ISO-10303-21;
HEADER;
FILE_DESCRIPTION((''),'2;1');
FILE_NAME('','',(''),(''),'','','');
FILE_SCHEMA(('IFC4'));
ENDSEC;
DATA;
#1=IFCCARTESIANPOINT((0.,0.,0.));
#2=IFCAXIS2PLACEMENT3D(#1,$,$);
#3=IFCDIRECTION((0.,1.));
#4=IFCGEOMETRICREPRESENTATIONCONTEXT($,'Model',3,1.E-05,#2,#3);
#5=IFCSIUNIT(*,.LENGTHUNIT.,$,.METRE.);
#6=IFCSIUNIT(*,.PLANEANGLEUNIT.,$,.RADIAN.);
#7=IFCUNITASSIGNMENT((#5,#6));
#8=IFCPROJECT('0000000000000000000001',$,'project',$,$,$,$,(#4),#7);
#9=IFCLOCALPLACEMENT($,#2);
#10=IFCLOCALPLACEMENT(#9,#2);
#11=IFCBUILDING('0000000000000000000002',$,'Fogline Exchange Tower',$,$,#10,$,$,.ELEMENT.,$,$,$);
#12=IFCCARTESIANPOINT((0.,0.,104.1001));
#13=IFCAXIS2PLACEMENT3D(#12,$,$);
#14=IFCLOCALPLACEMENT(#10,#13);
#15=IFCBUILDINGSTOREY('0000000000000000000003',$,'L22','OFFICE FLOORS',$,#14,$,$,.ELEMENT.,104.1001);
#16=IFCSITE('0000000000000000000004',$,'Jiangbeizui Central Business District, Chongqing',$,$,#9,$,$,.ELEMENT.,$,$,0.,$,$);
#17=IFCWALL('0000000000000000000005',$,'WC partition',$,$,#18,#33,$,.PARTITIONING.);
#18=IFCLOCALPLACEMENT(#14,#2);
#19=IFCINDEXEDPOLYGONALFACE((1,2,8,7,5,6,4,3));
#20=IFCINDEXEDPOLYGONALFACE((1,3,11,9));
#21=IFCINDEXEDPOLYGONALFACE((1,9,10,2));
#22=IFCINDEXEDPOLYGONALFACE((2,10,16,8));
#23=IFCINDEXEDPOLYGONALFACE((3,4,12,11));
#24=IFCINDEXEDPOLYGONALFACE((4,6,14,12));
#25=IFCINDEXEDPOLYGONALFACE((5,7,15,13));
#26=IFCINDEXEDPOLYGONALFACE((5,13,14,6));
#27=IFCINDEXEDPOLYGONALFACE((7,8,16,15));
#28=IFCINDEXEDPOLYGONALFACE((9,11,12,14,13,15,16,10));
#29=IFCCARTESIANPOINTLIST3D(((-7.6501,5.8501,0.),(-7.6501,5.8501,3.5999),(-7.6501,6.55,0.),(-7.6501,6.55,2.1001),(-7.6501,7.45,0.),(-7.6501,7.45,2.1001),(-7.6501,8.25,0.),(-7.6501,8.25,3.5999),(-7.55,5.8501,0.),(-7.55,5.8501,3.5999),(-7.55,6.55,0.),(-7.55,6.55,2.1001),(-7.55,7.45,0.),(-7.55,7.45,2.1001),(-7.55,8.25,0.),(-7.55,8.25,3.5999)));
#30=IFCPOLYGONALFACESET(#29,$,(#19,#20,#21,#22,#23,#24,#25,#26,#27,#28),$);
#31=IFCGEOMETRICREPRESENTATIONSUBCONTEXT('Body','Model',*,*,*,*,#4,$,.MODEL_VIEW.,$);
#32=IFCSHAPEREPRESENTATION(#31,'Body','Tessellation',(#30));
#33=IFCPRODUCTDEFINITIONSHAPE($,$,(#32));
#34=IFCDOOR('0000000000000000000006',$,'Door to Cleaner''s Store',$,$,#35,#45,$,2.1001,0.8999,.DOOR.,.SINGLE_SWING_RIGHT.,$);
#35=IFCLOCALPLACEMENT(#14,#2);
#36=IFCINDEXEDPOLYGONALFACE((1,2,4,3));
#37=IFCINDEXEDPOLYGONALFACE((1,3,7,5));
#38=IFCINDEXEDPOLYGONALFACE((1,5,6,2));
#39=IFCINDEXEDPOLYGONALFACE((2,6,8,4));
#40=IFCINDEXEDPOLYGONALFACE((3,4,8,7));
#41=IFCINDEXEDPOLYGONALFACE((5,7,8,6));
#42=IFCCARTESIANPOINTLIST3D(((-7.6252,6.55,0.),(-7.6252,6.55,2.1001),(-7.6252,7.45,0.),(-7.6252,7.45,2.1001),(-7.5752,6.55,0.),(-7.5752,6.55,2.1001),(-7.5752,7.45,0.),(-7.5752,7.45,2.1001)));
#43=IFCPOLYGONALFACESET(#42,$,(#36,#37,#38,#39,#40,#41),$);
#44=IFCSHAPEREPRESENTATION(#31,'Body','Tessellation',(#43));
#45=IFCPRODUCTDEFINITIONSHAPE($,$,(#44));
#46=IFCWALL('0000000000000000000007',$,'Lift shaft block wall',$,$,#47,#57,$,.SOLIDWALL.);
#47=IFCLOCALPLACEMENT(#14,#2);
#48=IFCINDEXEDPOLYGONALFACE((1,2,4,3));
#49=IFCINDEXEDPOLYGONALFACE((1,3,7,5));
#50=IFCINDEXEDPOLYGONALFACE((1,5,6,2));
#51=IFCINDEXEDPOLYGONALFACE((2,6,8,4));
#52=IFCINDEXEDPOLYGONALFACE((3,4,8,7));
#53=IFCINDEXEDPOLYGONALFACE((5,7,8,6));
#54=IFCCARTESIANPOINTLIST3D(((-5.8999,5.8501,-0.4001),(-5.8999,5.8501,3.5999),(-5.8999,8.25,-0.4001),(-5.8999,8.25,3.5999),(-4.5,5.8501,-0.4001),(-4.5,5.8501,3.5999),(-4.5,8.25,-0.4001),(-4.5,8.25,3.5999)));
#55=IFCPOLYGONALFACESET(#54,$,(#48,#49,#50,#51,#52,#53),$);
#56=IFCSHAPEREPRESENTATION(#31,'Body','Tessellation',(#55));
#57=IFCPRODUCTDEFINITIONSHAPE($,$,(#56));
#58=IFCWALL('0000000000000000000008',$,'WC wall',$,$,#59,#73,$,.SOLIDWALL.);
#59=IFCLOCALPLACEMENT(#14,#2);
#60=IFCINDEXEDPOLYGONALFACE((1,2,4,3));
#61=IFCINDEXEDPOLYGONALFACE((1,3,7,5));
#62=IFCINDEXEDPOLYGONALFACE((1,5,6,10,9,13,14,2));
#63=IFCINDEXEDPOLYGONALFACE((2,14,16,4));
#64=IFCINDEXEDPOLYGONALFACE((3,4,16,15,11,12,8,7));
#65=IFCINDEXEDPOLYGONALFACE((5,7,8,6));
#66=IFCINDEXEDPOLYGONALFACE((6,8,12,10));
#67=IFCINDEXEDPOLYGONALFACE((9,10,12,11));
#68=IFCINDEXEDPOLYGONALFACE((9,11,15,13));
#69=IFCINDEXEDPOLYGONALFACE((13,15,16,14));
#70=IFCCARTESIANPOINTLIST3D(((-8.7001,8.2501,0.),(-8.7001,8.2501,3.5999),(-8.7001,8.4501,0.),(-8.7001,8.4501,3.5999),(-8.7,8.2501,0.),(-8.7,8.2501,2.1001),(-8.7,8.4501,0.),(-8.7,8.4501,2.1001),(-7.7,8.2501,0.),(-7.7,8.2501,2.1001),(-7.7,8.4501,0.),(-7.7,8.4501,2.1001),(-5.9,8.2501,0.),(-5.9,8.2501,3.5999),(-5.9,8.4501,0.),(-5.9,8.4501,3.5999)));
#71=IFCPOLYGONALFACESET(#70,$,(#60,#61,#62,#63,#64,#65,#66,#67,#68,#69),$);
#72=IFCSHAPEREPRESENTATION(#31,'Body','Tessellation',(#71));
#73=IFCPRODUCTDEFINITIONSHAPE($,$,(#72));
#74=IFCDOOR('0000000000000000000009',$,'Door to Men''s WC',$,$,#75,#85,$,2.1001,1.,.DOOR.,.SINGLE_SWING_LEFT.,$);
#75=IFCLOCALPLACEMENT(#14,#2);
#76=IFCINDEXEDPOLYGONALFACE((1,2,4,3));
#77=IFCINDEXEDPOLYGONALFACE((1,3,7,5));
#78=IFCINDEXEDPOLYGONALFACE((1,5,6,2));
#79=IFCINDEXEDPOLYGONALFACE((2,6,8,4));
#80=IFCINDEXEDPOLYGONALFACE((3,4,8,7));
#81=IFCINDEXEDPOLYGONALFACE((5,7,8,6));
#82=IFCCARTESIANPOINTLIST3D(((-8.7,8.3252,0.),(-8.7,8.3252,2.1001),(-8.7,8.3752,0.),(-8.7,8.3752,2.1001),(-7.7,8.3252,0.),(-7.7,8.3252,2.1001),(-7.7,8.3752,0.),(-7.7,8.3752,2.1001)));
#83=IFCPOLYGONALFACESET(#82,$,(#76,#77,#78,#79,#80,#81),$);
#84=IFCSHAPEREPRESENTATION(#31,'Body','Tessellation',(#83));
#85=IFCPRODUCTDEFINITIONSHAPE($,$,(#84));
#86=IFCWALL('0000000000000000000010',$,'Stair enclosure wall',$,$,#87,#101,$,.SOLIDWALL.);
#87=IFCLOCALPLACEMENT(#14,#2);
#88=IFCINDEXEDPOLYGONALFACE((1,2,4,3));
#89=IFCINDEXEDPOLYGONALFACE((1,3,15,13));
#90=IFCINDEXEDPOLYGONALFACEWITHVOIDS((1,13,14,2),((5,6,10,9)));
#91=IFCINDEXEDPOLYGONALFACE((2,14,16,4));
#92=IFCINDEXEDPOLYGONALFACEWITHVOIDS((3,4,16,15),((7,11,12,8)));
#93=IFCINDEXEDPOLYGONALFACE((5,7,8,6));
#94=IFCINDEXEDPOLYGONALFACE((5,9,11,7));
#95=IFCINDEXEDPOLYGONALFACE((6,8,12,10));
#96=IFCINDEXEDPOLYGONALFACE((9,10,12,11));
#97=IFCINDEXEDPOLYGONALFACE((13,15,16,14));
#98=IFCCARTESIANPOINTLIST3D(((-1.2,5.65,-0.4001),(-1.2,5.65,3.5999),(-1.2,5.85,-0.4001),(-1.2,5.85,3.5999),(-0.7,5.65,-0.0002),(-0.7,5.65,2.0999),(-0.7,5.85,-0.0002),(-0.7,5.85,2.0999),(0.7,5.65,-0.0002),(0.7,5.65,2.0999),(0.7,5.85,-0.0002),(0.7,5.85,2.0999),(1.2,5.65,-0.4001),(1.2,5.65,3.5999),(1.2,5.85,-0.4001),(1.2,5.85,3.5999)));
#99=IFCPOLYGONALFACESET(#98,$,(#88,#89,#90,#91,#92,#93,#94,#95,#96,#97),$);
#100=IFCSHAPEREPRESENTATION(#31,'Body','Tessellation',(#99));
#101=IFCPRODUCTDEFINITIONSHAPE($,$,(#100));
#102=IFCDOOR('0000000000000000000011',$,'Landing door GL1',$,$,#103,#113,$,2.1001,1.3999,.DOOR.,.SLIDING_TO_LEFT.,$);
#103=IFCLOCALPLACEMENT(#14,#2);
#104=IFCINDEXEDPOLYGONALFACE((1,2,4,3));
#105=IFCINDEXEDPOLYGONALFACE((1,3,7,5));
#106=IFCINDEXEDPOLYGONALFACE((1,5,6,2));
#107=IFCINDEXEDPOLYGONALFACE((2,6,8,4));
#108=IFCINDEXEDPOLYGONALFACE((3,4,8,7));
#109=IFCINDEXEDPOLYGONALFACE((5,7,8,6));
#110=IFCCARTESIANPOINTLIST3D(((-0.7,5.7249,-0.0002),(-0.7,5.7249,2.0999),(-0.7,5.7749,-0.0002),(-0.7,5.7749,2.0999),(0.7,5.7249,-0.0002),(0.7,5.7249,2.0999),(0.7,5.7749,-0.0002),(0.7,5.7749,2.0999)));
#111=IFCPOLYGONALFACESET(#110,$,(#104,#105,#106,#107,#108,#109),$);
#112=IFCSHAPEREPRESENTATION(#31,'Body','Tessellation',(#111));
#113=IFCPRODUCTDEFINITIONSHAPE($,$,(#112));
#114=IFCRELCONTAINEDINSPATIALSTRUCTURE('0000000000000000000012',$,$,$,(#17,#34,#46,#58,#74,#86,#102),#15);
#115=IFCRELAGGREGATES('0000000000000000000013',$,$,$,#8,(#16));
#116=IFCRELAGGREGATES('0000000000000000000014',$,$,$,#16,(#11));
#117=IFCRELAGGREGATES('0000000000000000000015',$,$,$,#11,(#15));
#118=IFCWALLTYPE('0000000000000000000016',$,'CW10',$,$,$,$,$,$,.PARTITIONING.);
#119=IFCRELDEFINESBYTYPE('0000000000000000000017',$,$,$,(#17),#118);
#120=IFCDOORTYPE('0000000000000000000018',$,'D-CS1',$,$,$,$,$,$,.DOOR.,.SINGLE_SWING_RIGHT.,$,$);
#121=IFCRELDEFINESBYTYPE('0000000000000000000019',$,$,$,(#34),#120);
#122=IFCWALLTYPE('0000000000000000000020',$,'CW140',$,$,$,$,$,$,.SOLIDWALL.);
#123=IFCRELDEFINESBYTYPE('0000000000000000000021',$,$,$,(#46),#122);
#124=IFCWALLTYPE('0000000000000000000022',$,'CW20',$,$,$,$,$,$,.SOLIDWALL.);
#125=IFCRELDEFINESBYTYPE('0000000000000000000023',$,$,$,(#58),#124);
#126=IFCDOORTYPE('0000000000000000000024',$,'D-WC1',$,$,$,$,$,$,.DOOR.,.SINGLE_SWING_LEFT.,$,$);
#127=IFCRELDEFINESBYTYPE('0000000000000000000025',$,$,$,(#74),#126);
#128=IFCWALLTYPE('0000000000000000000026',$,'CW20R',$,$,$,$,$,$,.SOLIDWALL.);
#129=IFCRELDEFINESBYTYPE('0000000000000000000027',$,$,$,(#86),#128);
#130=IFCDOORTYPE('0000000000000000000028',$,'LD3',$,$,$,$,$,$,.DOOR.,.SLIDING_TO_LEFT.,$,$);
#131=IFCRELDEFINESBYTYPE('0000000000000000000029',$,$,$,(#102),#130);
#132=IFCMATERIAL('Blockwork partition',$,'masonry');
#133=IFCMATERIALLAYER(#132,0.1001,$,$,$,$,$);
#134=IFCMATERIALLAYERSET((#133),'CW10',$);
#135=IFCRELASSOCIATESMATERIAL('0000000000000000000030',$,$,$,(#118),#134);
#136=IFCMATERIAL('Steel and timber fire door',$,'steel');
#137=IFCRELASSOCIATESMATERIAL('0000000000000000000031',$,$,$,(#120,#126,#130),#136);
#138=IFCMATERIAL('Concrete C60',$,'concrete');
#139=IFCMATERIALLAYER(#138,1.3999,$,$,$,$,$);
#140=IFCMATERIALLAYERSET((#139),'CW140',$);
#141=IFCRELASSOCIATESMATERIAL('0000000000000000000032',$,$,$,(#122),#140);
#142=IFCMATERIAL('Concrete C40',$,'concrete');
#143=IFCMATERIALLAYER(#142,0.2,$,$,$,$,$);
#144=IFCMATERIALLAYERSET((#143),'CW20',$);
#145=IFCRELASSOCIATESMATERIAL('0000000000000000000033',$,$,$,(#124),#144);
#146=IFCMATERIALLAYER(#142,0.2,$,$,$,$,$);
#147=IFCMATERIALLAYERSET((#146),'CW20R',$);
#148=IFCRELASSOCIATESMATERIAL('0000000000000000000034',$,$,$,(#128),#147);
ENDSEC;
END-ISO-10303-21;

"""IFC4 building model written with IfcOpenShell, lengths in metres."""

from ifc_helpers import new_model, si_unit, direction, frame, frame_2d, origin, place, context, subcontext, project, spatial, rectangle, extrude, material, layer, layer_set, type_object, element, fill, save


model = new_model("IFC4")

# Units and contexts
model_context = context("Model", 3, precision=1e-05, world=origin(), true_north=direction((0.0, 1.0)))
body_context = subcontext(model_context, "Body", "Model", "MODEL_VIEW")
ifc_project = project(units=[si_unit("LENGTHUNIT", "METRE"), si_unit("PLANEANGLEUNIT", "RADIAN")], contexts=[model_context])

# Site, building, storey
site_placement = place(None, origin())
site = spatial("IfcSite", under=ifc_project, at=site_placement, Name="Jiangbeizui Central Business District, Chongqing", CompositionType="ELEMENT", RefElevation=0.0)
building_placement = place(site_placement, origin())
building = spatial("IfcBuilding", under=site, at=building_placement, Name="Fogline Exchange Tower", CompositionType="ELEMENT")
storey_placement = place(building_placement, frame((0.0, 0.0, 104.1001)))
storey = spatial("IfcBuildingStorey", under=building, at=storey_placement, Name="L22", Description="OFFICE FLOORS", CompositionType="ELEMENT", Elevation=104.1001)

# Wall, opening, door
ifc_material_1 = material(Name="Blockwork partition", Category="masonry")
ifc_layer_1 = layer(ifc_material_1, 0.1001)
ifc_layer_set_1 = layer_set([ifc_layer_1], Name="CW10")
wall_type_1 = type_object("IfcWallType", Name="CW10", PredefinedType="PARTITIONING", material=ifc_layer_set_1)
wall_1_placement = place(storey_placement, frame((-7.6001, 5.8501, 0.0), z_axis=(0.0, 0.0, 1.0), x_axis=(0.0, 1.0, 0.0)))
wall_1 = element("IfcWall", 1, at=wall_1_placement, inside=storey, type_object=wall_type_1, Name="WC partition", PredefinedType="PARTITIONING", context=body_context, shape_type="SweptSolid", body=[
    extrude(rectangle(XDim=2.3999, YDim=0.1001, at=frame_2d((1.2, 0.0))), origin(), (0.0, 0.0, 1.0), 3.5999),
])
opening_1_placement = place(wall_1_placement, frame((0.7, 0.0, 0.0)))
opening_1 = element("IfcOpeningElement", 2, at=opening_1_placement, cuts=wall_1, PredefinedType="OPENING", context=body_context, shape_type="SweptSolid", body=[
    extrude(rectangle(XDim=0.8999, YDim=2.1001, at=frame_2d((0.45, 1.05))), frame((0.0, 0.0601, 0.0), z_axis=(0.0, -1.0, 0.0), x_axis=(1.0, 0.0, 0.0)), (0.0, 0.0, 1.0), 0.1201),
])
ifc_material_2 = material(Name="Steel and timber fire door", Category="steel")
door_type_1 = type_object("IfcDoorType", Name="D-CS1", OperationType="SINGLE_SWING_RIGHT", PredefinedType="DOOR", material=ifc_material_2)
door_1_placement = place(opening_1_placement, frame((0.8999, 0.0, 0.0), z_axis=(0.0, 0.0, 1.0), x_axis=(-1.0, 0.0, 0.0)))
door_1 = element("IfcDoor", 3, at=door_1_placement, inside=storey, type_object=door_type_1, Name="Door to Cleaner's Store", OperationType="SINGLE_SWING_RIGHT", OverallHeight=2.1001, OverallWidth=0.8999, PredefinedType="DOOR", context=body_context, shape_type="SweptSolid", body=[
    extrude(rectangle(XDim=0.8999, YDim=2.1001, at=frame_2d((0.45, 1.05))), frame((0.0, 0.0249, 0.0), z_axis=(0.0, -1.0, 0.0), x_axis=(1.0, 0.0, 0.0)), (0.0, 0.0, 1.0), 0.05),
])
fill(opening_1, door_1)

# Wall
ifc_material_3 = material(Name="Concrete C60", Category="concrete")
ifc_layer_2 = layer(ifc_material_3, 1.3999)
ifc_layer_set_2 = layer_set([ifc_layer_2], Name="CW140")
wall_type_2 = type_object("IfcWallType", Name="CW140", PredefinedType="SOLIDWALL", material=ifc_layer_set_2)
wall_2_placement = place(storey_placement, frame((-5.2, 5.8501, -0.4001), z_axis=(0.0, 0.0, 1.0), x_axis=(0.0, 1.0, 0.0)))
element("IfcWall", 4, at=wall_2_placement, inside=storey, type_object=wall_type_2, Name="Lift shaft block wall", PredefinedType="SOLIDWALL", context=body_context, shape_type="SweptSolid", body=[
    extrude(rectangle(XDim=2.3999, YDim=1.3999, at=frame_2d((1.2, 0.0))), origin(), (0.0, 0.0, 1.0), 4.0),
])

# Walls, openings, doors
ifc_material_4 = material(Name="Concrete C40", Category="concrete")
ifc_layer_3 = layer(ifc_material_4, 0.2)
ifc_layer_set_3 = layer_set([ifc_layer_3], Name="CW20")
wall_type_3 = type_object("IfcWallType", Name="CW20", PredefinedType="SOLIDWALL", material=ifc_layer_set_3)
wall_3_placement = place(storey_placement, frame((-8.7, 8.3501, 0.0), z_axis=(0.0, 0.0, 1.0), x_axis=(1.0, 0.0, 0.0)))
wall_3 = element("IfcWall", 5, at=wall_3_placement, inside=storey, type_object=wall_type_3, Name="WC wall", PredefinedType="SOLIDWALL", context=body_context, shape_type="SweptSolid", body=[
    extrude(rectangle(XDim=2.8, YDim=0.2, at=frame_2d((1.3999, 0.0))), origin(), (0.0, 0.0, 1.0), 3.5999),
])
opening_2_placement = place(wall_3_placement, origin())
opening_2 = element("IfcOpeningElement", 6, at=opening_2_placement, cuts=wall_3, PredefinedType="OPENING", context=body_context, shape_type="SweptSolid", body=[
    extrude(rectangle(XDim=1.0, YDim=2.1001, at=frame_2d((0.5, 1.05))), frame((0.0, 0.1099, 0.0), z_axis=(0.0, -1.0, 0.0), x_axis=(1.0, 0.0, 0.0)), (0.0, 0.0, 1.0), 0.22),
])
door_type_2 = type_object("IfcDoorType", Name="D-WC1", OperationType="SINGLE_SWING_LEFT", PredefinedType="DOOR", material=ifc_material_2)
door_2_placement = place(opening_2_placement, frame((1.0, 0.0, 0.0), z_axis=(0.0, 0.0, 1.0), x_axis=(-1.0, 0.0, 0.0)))
door_2 = element("IfcDoor", 7, at=door_2_placement, inside=storey, type_object=door_type_2, Name="Door to Men's WC", OperationType="SINGLE_SWING_LEFT", OverallHeight=2.1001, OverallWidth=1.0, PredefinedType="DOOR", context=body_context, shape_type="SweptSolid", body=[
    extrude(rectangle(XDim=1.0, YDim=2.1001, at=frame_2d((0.5, 1.05))), frame((0.0, 0.0249, 0.0), z_axis=(0.0, -1.0, 0.0), x_axis=(1.0, 0.0, 0.0)), (0.0, 0.0, 1.0), 0.05),
])
fill(opening_2, door_2)
ifc_layer_4 = layer(ifc_material_4, 0.2)
ifc_layer_set_4 = layer_set([ifc_layer_4], Name="CW20R")
wall_type_4 = type_object("IfcWallType", Name="CW20R", PredefinedType="SOLIDWALL", material=ifc_layer_set_4)
wall_4_placement = place(storey_placement, frame((-1.2, 5.75, -0.4001), z_axis=(0.0, 0.0, 1.0), x_axis=(1.0, 0.0, 0.0)))
wall_4 = element("IfcWall", 8, at=wall_4_placement, inside=storey, type_object=wall_type_4, Name="Stair enclosure wall", PredefinedType="SOLIDWALL", context=body_context, shape_type="SweptSolid", body=[
    extrude(rectangle(XDim=2.3999, YDim=0.2, at=frame_2d((1.2, 0.0))), origin(), (0.0, 0.0, 1.0), 4.0),
])
opening_3_placement = place(wall_4_placement, frame((0.5, 0.0, 0.3999)))
opening_3 = element("IfcOpeningElement", 9, at=opening_3_placement, cuts=wall_4, PredefinedType="OPENING", context=body_context, shape_type="SweptSolid", body=[
    extrude(rectangle(XDim=1.3999, YDim=2.1001, at=frame_2d((0.7, 1.05))), frame((0.0, 0.1099, 0.0), z_axis=(0.0, -1.0, 0.0), x_axis=(1.0, 0.0, 0.0)), (0.0, 0.0, 1.0), 0.22),
])
door_type_3 = type_object("IfcDoorType", Name="LD3", OperationType="SLIDING_TO_LEFT", PredefinedType="DOOR", material=ifc_material_2)
door_3_placement = place(opening_3_placement, origin())
door_3 = element("IfcDoor", 10, at=door_3_placement, inside=storey, type_object=door_type_3, Name="Landing door GL1", OperationType="SLIDING_TO_LEFT", OverallHeight=2.1001, OverallWidth=1.3999, PredefinedType="DOOR", context=body_context, shape_type="SweptSolid", body=[
    extrude(rectangle(XDim=1.3999, YDim=2.1001, at=frame_2d((0.7, 1.05))), frame((0.0, 0.0249, 0.0), z_axis=(0.0, -1.0, 0.0), x_axis=(1.0, 0.0, 0.0)), (0.0, 0.0, 1.0), 0.05),
])
fill(opening_3, door_3)

save(model, "model.ifc")
